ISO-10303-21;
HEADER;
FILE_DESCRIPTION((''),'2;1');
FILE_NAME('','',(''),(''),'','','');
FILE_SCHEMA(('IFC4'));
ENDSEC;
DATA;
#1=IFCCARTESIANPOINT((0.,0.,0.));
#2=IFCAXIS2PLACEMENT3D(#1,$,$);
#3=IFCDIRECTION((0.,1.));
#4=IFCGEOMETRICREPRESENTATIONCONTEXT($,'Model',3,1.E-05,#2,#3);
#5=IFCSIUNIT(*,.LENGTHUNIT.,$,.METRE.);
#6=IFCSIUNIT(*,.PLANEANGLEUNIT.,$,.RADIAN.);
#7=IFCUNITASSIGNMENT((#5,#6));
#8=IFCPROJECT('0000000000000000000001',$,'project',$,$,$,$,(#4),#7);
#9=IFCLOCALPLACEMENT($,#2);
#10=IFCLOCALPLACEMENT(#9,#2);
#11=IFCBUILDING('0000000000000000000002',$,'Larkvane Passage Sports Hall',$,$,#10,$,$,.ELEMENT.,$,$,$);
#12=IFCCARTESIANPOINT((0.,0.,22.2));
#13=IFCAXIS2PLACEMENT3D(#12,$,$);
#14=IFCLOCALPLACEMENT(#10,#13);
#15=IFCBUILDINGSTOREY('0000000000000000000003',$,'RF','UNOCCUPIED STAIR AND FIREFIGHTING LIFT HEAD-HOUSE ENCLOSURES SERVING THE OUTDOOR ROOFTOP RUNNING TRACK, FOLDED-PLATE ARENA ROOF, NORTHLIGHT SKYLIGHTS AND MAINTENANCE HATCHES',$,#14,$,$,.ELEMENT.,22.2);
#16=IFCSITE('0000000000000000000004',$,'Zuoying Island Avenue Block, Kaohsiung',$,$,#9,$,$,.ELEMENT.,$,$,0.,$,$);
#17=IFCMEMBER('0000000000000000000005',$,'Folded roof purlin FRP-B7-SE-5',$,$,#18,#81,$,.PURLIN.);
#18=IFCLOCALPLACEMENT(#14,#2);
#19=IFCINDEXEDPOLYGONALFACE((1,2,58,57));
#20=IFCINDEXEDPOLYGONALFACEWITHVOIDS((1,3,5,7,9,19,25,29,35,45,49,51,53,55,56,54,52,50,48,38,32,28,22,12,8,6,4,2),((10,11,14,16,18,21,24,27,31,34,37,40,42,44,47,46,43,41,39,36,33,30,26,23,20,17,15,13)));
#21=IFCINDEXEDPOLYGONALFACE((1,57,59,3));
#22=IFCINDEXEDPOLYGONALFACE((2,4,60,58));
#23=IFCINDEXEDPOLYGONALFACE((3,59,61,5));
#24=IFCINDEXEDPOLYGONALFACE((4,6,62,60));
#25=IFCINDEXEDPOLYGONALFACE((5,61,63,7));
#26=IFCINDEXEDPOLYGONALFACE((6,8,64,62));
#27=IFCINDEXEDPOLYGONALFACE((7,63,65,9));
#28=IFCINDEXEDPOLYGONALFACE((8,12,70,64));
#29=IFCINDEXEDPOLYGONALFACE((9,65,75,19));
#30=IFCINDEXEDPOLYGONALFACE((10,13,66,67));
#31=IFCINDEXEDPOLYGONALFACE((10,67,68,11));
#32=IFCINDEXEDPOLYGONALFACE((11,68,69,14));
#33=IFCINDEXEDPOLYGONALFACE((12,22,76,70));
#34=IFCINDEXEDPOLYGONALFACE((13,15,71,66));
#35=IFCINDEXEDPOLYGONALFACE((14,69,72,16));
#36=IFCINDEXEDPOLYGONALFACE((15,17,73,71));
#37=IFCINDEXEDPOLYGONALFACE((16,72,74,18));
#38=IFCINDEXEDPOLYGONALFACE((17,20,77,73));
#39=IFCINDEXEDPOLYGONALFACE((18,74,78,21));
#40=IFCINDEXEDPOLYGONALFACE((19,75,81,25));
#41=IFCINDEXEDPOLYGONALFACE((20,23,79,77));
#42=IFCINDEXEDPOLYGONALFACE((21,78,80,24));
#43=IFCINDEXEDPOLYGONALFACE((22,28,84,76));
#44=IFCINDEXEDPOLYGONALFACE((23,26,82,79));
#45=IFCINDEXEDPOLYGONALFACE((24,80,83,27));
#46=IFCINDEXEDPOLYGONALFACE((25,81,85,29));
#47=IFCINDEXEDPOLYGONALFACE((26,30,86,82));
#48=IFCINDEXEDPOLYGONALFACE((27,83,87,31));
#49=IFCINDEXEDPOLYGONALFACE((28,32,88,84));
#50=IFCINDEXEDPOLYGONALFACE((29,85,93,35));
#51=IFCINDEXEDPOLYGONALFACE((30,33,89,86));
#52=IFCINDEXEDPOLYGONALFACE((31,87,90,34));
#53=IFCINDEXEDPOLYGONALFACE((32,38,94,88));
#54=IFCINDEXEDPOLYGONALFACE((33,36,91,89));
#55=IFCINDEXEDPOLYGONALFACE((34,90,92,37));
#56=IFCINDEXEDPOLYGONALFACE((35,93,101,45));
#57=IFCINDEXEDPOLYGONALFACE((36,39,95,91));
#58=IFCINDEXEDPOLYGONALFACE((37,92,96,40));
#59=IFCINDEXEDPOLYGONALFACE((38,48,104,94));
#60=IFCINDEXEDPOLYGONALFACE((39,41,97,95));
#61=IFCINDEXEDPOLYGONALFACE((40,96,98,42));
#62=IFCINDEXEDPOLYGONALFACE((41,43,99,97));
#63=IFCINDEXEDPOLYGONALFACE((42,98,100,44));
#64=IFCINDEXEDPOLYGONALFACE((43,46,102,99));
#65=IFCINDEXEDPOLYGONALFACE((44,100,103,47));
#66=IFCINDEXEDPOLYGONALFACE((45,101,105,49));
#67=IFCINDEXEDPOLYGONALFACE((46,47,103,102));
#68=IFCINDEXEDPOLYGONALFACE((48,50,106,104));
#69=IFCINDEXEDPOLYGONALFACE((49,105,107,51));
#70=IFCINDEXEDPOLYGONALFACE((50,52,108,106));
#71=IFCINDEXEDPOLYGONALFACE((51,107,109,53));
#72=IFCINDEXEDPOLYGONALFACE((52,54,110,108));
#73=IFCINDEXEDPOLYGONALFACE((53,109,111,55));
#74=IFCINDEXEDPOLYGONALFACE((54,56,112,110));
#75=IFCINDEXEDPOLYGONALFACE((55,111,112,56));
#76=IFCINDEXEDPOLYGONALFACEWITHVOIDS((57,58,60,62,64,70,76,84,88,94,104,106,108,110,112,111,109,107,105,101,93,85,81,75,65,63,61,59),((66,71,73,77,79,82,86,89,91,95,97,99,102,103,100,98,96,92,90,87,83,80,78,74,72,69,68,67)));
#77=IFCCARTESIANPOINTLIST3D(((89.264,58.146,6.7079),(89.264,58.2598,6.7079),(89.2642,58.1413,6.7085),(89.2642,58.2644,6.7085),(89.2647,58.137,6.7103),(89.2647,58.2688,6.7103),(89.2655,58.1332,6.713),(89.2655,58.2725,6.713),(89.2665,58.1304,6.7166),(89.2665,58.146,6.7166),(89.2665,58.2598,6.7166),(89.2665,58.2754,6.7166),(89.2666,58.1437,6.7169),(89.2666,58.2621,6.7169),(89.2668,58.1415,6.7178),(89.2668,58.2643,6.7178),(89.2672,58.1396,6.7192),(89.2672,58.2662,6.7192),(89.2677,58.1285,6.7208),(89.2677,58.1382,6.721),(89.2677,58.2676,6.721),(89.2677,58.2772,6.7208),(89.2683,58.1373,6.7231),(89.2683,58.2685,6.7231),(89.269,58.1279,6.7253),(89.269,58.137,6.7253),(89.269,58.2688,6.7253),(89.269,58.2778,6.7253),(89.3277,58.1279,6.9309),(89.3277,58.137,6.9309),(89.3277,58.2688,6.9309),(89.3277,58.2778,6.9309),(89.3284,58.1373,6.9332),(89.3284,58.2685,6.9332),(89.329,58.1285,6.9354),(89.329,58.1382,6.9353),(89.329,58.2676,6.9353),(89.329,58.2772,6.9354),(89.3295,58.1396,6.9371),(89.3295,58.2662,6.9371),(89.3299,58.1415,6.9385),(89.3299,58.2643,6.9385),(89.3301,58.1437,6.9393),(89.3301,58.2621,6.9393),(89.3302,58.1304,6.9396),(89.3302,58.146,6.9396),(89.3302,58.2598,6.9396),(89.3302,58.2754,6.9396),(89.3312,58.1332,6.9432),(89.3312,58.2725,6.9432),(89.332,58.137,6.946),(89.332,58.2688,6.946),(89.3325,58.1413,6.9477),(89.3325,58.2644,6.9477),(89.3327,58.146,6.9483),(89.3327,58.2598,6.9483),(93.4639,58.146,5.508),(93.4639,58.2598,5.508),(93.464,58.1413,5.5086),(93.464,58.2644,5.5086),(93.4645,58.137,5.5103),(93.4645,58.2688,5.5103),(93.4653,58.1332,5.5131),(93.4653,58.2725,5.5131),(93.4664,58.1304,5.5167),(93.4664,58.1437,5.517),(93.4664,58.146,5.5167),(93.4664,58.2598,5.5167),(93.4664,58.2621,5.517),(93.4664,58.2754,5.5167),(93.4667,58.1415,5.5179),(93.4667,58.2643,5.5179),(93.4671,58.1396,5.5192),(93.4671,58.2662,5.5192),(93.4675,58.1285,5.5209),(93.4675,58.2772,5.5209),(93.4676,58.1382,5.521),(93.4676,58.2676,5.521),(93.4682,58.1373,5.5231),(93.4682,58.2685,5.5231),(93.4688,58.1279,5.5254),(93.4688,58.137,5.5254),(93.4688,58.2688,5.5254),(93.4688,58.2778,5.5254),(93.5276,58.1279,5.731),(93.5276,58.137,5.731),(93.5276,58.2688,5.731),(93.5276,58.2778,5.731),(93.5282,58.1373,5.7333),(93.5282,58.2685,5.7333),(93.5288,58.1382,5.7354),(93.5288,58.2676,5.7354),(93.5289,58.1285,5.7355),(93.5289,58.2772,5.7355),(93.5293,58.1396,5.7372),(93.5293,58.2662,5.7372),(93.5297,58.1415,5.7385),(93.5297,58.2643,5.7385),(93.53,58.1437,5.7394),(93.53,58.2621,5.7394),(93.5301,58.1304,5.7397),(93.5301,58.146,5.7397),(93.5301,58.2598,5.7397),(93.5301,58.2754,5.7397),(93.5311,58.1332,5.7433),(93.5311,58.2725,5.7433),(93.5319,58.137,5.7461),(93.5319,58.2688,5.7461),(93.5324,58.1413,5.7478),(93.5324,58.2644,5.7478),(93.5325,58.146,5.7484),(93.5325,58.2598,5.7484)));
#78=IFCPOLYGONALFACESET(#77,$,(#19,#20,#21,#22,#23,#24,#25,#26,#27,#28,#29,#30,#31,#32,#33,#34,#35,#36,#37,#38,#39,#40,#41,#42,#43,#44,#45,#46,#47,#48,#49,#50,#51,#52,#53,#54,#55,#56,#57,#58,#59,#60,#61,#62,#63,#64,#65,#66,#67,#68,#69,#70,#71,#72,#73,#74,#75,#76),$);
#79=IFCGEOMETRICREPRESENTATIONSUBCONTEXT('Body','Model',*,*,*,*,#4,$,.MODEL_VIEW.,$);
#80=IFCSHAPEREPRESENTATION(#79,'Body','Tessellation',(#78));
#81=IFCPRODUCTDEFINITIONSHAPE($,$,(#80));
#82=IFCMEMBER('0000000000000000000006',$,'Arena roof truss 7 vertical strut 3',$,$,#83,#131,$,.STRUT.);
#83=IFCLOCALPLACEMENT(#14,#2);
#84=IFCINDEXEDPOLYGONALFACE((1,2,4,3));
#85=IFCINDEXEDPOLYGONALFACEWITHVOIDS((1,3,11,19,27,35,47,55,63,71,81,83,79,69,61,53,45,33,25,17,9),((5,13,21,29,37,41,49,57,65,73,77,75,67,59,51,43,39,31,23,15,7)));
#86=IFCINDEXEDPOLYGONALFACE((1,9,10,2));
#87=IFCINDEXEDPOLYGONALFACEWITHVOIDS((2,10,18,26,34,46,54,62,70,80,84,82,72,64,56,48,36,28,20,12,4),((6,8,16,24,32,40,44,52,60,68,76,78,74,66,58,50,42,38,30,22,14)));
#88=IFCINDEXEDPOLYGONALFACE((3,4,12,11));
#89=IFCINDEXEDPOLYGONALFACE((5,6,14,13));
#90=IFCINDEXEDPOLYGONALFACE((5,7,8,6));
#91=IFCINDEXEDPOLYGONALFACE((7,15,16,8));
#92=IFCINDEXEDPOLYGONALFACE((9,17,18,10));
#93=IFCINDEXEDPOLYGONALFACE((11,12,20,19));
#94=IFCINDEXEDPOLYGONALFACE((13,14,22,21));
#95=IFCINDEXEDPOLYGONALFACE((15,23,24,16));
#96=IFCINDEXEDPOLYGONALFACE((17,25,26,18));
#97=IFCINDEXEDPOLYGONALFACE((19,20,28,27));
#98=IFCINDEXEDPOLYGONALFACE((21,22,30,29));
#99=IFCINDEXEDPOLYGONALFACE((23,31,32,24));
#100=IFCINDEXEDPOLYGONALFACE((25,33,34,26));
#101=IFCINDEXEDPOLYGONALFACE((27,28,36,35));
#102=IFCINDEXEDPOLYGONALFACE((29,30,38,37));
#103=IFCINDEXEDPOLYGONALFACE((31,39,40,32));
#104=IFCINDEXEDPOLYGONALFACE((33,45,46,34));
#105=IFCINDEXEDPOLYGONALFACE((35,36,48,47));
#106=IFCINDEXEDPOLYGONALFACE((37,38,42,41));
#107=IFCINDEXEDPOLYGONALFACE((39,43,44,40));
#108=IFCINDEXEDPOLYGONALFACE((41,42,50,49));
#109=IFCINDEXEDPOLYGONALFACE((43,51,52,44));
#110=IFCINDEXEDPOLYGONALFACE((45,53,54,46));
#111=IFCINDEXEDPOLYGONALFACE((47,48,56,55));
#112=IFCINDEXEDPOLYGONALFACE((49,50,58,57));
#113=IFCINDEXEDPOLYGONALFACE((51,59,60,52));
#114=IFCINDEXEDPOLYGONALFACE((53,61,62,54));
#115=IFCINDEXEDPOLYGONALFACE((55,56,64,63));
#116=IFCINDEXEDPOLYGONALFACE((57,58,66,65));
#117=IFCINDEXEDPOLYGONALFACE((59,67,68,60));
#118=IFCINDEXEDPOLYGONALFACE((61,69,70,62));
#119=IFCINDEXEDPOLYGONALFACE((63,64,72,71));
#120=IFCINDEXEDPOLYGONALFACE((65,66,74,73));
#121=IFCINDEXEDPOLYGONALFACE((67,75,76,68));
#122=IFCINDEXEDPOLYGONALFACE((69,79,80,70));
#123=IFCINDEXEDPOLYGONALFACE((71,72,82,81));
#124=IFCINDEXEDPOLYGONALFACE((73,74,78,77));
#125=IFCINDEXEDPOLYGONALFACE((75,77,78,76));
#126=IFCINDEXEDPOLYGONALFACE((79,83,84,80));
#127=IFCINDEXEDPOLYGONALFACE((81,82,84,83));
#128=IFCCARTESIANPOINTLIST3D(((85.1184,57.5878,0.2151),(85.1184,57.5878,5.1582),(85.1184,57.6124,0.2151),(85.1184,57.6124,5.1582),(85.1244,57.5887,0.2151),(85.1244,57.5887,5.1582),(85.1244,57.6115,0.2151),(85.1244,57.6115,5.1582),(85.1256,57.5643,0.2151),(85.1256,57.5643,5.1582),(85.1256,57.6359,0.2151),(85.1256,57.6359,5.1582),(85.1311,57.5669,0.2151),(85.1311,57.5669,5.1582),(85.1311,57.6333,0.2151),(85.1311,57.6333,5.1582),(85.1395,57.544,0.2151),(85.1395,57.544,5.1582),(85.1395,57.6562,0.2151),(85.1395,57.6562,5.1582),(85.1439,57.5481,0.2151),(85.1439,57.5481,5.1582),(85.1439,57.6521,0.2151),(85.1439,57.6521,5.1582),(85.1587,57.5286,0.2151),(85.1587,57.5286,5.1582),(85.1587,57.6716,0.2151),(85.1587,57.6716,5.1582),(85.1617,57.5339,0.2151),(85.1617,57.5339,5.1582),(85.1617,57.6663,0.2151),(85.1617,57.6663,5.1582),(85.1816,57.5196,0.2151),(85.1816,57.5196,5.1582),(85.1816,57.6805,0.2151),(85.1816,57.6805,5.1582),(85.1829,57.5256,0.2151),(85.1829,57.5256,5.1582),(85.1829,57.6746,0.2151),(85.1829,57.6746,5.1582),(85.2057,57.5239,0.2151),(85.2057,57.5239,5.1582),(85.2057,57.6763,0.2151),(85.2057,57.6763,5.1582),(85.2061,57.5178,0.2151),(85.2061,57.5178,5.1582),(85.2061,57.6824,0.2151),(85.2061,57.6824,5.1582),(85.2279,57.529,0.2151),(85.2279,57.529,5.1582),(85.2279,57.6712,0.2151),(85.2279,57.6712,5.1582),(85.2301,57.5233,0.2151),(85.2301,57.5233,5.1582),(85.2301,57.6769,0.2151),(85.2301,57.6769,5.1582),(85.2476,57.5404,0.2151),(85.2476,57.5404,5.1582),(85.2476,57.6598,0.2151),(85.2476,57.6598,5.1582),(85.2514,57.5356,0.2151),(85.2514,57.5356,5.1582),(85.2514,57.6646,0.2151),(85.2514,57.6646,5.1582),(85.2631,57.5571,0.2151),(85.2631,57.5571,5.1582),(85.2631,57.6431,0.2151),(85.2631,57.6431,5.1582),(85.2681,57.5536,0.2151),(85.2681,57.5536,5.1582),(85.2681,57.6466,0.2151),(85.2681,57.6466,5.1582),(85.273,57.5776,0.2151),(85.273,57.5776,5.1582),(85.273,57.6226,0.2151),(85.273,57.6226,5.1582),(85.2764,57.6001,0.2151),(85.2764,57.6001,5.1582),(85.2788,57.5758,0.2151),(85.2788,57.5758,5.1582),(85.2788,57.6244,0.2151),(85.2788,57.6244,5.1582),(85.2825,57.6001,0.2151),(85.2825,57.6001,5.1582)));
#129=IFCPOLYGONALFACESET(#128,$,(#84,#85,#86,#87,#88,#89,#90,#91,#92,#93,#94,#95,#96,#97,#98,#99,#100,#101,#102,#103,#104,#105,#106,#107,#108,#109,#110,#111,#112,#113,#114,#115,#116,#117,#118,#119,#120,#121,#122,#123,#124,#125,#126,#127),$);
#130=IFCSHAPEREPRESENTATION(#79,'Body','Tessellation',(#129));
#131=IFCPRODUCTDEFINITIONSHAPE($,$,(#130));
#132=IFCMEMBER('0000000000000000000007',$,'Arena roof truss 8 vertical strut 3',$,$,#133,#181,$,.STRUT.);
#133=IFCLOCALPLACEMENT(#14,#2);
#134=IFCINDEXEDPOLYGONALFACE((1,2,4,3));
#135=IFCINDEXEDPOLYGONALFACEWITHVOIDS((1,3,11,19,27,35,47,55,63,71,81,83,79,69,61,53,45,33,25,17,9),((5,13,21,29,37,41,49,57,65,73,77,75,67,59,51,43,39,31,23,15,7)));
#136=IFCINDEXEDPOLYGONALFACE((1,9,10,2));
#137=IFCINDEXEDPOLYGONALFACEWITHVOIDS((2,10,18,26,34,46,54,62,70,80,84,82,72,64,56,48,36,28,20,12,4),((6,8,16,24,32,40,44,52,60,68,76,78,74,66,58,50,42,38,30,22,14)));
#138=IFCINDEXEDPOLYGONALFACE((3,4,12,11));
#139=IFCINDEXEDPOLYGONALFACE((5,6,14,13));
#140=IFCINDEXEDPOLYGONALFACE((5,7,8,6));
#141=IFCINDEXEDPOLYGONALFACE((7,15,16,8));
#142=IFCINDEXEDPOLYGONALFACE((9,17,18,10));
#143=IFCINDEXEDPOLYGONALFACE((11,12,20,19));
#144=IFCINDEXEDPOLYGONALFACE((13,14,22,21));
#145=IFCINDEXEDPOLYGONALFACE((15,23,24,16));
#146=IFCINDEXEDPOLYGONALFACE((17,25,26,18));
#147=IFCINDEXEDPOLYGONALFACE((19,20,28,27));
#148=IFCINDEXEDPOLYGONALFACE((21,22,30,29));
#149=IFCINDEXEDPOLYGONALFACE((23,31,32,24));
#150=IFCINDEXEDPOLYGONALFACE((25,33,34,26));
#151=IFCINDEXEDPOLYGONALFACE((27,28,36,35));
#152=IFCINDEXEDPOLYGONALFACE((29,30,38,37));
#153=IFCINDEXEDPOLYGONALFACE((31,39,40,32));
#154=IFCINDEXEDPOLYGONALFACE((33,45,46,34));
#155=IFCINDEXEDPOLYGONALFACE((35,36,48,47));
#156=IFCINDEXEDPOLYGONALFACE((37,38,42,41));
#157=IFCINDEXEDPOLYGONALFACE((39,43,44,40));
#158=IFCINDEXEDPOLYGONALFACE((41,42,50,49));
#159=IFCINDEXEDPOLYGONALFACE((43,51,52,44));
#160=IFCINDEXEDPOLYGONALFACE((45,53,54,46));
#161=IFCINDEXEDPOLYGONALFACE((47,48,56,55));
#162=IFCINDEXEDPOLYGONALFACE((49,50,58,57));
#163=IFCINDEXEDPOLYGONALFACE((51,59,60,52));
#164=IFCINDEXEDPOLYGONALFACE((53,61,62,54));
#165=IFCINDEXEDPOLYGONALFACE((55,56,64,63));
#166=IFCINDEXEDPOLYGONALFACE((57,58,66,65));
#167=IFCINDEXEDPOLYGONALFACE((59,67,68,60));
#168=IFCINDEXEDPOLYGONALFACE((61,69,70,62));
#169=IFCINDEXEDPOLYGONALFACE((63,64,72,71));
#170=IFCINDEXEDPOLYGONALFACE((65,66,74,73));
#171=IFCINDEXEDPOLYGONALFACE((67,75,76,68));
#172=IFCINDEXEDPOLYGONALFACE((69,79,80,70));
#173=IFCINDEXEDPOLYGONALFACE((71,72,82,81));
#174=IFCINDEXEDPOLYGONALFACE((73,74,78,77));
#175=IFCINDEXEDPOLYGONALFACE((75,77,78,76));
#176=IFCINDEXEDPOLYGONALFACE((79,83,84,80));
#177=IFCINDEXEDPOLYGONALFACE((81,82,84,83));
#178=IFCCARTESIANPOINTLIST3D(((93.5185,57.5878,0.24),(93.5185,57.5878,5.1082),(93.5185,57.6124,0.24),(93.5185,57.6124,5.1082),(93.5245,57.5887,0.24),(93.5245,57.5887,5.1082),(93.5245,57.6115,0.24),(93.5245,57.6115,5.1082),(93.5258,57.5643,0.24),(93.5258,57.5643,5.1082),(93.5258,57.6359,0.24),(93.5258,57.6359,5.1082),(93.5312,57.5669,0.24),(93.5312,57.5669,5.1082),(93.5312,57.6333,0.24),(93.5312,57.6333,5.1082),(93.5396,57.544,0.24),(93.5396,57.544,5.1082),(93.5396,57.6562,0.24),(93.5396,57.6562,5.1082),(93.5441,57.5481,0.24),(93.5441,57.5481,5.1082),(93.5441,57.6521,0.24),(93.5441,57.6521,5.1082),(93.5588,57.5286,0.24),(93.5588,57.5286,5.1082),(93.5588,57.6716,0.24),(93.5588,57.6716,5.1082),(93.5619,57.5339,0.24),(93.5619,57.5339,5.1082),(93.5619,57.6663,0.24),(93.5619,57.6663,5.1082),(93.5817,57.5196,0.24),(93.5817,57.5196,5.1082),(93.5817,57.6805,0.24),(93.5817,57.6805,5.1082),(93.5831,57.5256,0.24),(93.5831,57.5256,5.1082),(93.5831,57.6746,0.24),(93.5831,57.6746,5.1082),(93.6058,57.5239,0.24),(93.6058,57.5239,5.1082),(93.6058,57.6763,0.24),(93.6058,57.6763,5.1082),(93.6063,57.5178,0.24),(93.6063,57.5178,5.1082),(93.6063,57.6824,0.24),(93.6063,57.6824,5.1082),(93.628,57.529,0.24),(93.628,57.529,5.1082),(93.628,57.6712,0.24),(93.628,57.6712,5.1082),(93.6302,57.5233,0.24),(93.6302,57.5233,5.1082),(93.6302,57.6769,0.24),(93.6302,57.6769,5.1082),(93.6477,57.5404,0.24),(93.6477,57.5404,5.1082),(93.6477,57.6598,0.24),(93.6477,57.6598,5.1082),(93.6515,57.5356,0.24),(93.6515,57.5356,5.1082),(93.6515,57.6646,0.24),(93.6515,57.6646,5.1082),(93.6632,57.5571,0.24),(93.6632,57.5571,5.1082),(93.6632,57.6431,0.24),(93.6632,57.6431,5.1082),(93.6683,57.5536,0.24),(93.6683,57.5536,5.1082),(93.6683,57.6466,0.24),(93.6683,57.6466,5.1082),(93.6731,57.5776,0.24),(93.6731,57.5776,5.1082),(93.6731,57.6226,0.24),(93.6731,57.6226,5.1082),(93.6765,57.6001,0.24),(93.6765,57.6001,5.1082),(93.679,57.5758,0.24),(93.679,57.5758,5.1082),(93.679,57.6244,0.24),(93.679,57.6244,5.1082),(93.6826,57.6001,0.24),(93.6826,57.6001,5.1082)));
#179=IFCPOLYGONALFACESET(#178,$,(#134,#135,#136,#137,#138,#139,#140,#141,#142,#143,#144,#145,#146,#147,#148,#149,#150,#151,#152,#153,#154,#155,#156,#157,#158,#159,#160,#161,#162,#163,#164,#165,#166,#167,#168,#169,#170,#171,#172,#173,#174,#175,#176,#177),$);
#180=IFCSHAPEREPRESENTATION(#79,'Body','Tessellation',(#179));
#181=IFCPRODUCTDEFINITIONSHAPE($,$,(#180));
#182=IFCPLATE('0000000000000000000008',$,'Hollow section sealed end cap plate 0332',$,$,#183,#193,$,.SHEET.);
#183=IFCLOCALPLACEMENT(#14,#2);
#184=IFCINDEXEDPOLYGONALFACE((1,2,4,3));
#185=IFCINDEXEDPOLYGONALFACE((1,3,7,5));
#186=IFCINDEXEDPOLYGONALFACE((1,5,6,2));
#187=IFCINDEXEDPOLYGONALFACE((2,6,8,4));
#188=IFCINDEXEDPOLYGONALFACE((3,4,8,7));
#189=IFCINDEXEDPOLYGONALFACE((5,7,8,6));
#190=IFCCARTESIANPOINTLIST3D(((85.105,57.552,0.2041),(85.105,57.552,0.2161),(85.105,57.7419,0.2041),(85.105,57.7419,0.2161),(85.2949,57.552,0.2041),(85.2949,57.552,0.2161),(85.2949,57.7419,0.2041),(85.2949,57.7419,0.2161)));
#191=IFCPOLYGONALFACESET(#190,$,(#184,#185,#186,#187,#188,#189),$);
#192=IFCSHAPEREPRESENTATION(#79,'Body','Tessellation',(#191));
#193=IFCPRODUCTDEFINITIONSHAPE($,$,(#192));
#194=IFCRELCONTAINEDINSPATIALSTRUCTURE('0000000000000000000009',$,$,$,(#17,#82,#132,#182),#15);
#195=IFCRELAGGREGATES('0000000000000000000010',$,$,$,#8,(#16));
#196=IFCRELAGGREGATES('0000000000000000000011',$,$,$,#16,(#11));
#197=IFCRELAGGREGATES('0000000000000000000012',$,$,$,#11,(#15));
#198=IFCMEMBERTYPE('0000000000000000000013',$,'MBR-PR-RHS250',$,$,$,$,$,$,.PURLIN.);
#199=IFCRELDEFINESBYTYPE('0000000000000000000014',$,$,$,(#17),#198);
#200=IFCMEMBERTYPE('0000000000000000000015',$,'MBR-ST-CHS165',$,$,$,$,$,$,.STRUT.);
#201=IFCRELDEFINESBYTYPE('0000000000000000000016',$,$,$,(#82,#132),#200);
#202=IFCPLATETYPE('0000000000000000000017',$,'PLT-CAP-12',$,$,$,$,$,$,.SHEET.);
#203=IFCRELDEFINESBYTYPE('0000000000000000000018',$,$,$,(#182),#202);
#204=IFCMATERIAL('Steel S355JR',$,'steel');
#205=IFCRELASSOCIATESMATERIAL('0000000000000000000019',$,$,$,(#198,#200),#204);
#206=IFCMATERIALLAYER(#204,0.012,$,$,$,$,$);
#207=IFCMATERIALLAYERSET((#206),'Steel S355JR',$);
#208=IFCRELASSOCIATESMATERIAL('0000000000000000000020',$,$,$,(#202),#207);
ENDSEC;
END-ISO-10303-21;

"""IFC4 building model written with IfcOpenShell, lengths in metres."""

from ifc_helpers import new_model, si_unit, direction, frame, origin, origin_2d, place, context, subcontext, project, spatial, rectangle, hollow_rectangle, hollow_circle, extrude, material, layer, layer_set, material_profile, profile_set, type_object, element, save


model = new_model("IFC4")

# Units and contexts
model_context = context("Model", 3, precision=1e-05, world=origin(), true_north=direction((0.0, 1.0)))
body_context = subcontext(model_context, "Body", "Model", "MODEL_VIEW")
ifc_project = project(units=[si_unit("LENGTHUNIT", "METRE"), si_unit("PLANEANGLEUNIT", "RADIAN")], contexts=[model_context])

# Site, building, storey
site_placement = place(None, origin())
site = spatial("IfcSite", under=ifc_project, at=site_placement, Name="Zuoying Island Avenue Block, Kaohsiung", CompositionType="ELEMENT", RefElevation=0.0)
building_placement = place(site_placement, origin())
building = spatial("IfcBuilding", under=site, at=building_placement, Name="Larkvane Passage Sports Hall", CompositionType="ELEMENT")
storey_placement = place(building_placement, frame((0.0, 0.0, 22.2)))
storey = spatial("IfcBuildingStorey", under=building, at=storey_placement, Name="RF", Description="UNOCCUPIED STAIR AND FIREFIGHTING LIFT HEAD-HOUSE ENCLOSURES SERVING THE OUTDOOR ROOFTOP RUNNING TRACK, FOLDED-PLATE ARENA ROOF, NORTHLIGHT SKYLIGHTS AND MAINTENANCE HATCHES", CompositionType="ELEMENT", Elevation=22.2)

# Members
ifc_material_1 = material(Name="Steel S355JR", Category="steel")
ifc_material_profile_1 = material_profile(ifc_material_1, hollow_rectangle(XDim=0.1499, YDim=0.25, WallThickness=0.009, InnerFilletRadius=0.009, OuterFilletRadius=0.0181, at=origin_2d()), Name="RHS-250x150x9")
ifc_profile_set_1 = profile_set([ifc_material_profile_1], Name="Steel S355JR")
member_type_1 = type_object("IfcMemberType", Name="MBR-PR-RHS250", PredefinedType="PURLIN", material=ifc_profile_set_1)
for number, where, z_axis, x_axis, name in (
    (1, (89.2983, 58.2029, 6.8281), (0.961526, 0.0, -0.274714), (0.0, 1.0, 0.0), "Folded roof purlin FRP-B7-SE-5"),
):
    element("IfcMember", number, at=place(storey_placement, frame(where, z_axis=z_axis, x_axis=x_axis)), inside=storey, type_object=member_type_1, Name=name, PredefinedType="PURLIN", context=body_context, shape_type="SweptSolid", body=[
        extrude(hollow_rectangle(XDim=0.1499, YDim=0.25, WallThickness=0.009, InnerFilletRadius=0.009, OuterFilletRadius=0.0181, at=origin_2d()), origin(), (0.0, 0.0, 1.0), 4.3679),
    ])
ifc_material_profile_2 = material_profile(ifc_material_1, hollow_circle(Radius=0.0825, WallThickness=0.0061, at=origin_2d()), Name="CHS-165.2x6.0")
ifc_profile_set_2 = profile_set([ifc_material_profile_2], Name="Steel S355JR")
member_type_2 = type_object("IfcMemberType", Name="MBR-ST-CHS165", PredefinedType="STRUT", material=ifc_profile_set_2)
member_1_placement = place(storey_placement, frame((85.2, 57.6001, 0.2151), z_axis=(0.0, 0.0, 1.0), x_axis=(1.0, 0.0, 0.0)))
element("IfcMember", 2, at=member_1_placement, inside=storey, type_object=member_type_2, Name="Arena roof truss 7 vertical strut 3", PredefinedType="STRUT", context=body_context, shape_type="SweptSolid", body=[
    extrude(hollow_circle(Radius=0.0825, WallThickness=0.0061, at=origin_2d()), origin(), (0.0, 0.0, 1.0), 4.9431),
])
member_2_placement = place(storey_placement, frame((93.6001, 57.6001, 0.24), z_axis=(0.0, 0.0, 1.0), x_axis=(1.0, 0.0, 0.0)))
element("IfcMember", 3, at=member_2_placement, inside=storey, type_object=member_type_2, Name="Arena roof truss 8 vertical strut 3", PredefinedType="STRUT", context=body_context, shape_type="SweptSolid", body=[
    extrude(hollow_circle(Radius=0.0825, WallThickness=0.0061, at=origin_2d()), origin(), (0.0, 0.0, 1.0), 4.8682),
])

# Plate
ifc_layer_1 = layer(ifc_material_1, 0.012)
ifc_layer_set_1 = layer_set([ifc_layer_1], Name="Steel S355JR")
plate_type_1 = type_object("IfcPlateType", Name="PLT-CAP-12", PredefinedType="SHEET", material=ifc_layer_set_1)
plate_1_placement = place(storey_placement, frame((85.2, 57.647, 0.2041), z_axis=(0.0, 0.0, 1.0), x_axis=(1.0, 0.0, 0.0)))
element("IfcPlate", 4, at=plate_1_placement, inside=storey, type_object=plate_type_1, Name="Hollow section sealed end cap plate 0332", PredefinedType="SHEET", context=body_context, shape_type="SweptSolid", body=[
    extrude(rectangle(XDim=0.1899, YDim=0.1899, at=origin_2d()), origin(), (0.0, 0.0, 1.0), 0.012),
])

save(model, "model.ifc")
